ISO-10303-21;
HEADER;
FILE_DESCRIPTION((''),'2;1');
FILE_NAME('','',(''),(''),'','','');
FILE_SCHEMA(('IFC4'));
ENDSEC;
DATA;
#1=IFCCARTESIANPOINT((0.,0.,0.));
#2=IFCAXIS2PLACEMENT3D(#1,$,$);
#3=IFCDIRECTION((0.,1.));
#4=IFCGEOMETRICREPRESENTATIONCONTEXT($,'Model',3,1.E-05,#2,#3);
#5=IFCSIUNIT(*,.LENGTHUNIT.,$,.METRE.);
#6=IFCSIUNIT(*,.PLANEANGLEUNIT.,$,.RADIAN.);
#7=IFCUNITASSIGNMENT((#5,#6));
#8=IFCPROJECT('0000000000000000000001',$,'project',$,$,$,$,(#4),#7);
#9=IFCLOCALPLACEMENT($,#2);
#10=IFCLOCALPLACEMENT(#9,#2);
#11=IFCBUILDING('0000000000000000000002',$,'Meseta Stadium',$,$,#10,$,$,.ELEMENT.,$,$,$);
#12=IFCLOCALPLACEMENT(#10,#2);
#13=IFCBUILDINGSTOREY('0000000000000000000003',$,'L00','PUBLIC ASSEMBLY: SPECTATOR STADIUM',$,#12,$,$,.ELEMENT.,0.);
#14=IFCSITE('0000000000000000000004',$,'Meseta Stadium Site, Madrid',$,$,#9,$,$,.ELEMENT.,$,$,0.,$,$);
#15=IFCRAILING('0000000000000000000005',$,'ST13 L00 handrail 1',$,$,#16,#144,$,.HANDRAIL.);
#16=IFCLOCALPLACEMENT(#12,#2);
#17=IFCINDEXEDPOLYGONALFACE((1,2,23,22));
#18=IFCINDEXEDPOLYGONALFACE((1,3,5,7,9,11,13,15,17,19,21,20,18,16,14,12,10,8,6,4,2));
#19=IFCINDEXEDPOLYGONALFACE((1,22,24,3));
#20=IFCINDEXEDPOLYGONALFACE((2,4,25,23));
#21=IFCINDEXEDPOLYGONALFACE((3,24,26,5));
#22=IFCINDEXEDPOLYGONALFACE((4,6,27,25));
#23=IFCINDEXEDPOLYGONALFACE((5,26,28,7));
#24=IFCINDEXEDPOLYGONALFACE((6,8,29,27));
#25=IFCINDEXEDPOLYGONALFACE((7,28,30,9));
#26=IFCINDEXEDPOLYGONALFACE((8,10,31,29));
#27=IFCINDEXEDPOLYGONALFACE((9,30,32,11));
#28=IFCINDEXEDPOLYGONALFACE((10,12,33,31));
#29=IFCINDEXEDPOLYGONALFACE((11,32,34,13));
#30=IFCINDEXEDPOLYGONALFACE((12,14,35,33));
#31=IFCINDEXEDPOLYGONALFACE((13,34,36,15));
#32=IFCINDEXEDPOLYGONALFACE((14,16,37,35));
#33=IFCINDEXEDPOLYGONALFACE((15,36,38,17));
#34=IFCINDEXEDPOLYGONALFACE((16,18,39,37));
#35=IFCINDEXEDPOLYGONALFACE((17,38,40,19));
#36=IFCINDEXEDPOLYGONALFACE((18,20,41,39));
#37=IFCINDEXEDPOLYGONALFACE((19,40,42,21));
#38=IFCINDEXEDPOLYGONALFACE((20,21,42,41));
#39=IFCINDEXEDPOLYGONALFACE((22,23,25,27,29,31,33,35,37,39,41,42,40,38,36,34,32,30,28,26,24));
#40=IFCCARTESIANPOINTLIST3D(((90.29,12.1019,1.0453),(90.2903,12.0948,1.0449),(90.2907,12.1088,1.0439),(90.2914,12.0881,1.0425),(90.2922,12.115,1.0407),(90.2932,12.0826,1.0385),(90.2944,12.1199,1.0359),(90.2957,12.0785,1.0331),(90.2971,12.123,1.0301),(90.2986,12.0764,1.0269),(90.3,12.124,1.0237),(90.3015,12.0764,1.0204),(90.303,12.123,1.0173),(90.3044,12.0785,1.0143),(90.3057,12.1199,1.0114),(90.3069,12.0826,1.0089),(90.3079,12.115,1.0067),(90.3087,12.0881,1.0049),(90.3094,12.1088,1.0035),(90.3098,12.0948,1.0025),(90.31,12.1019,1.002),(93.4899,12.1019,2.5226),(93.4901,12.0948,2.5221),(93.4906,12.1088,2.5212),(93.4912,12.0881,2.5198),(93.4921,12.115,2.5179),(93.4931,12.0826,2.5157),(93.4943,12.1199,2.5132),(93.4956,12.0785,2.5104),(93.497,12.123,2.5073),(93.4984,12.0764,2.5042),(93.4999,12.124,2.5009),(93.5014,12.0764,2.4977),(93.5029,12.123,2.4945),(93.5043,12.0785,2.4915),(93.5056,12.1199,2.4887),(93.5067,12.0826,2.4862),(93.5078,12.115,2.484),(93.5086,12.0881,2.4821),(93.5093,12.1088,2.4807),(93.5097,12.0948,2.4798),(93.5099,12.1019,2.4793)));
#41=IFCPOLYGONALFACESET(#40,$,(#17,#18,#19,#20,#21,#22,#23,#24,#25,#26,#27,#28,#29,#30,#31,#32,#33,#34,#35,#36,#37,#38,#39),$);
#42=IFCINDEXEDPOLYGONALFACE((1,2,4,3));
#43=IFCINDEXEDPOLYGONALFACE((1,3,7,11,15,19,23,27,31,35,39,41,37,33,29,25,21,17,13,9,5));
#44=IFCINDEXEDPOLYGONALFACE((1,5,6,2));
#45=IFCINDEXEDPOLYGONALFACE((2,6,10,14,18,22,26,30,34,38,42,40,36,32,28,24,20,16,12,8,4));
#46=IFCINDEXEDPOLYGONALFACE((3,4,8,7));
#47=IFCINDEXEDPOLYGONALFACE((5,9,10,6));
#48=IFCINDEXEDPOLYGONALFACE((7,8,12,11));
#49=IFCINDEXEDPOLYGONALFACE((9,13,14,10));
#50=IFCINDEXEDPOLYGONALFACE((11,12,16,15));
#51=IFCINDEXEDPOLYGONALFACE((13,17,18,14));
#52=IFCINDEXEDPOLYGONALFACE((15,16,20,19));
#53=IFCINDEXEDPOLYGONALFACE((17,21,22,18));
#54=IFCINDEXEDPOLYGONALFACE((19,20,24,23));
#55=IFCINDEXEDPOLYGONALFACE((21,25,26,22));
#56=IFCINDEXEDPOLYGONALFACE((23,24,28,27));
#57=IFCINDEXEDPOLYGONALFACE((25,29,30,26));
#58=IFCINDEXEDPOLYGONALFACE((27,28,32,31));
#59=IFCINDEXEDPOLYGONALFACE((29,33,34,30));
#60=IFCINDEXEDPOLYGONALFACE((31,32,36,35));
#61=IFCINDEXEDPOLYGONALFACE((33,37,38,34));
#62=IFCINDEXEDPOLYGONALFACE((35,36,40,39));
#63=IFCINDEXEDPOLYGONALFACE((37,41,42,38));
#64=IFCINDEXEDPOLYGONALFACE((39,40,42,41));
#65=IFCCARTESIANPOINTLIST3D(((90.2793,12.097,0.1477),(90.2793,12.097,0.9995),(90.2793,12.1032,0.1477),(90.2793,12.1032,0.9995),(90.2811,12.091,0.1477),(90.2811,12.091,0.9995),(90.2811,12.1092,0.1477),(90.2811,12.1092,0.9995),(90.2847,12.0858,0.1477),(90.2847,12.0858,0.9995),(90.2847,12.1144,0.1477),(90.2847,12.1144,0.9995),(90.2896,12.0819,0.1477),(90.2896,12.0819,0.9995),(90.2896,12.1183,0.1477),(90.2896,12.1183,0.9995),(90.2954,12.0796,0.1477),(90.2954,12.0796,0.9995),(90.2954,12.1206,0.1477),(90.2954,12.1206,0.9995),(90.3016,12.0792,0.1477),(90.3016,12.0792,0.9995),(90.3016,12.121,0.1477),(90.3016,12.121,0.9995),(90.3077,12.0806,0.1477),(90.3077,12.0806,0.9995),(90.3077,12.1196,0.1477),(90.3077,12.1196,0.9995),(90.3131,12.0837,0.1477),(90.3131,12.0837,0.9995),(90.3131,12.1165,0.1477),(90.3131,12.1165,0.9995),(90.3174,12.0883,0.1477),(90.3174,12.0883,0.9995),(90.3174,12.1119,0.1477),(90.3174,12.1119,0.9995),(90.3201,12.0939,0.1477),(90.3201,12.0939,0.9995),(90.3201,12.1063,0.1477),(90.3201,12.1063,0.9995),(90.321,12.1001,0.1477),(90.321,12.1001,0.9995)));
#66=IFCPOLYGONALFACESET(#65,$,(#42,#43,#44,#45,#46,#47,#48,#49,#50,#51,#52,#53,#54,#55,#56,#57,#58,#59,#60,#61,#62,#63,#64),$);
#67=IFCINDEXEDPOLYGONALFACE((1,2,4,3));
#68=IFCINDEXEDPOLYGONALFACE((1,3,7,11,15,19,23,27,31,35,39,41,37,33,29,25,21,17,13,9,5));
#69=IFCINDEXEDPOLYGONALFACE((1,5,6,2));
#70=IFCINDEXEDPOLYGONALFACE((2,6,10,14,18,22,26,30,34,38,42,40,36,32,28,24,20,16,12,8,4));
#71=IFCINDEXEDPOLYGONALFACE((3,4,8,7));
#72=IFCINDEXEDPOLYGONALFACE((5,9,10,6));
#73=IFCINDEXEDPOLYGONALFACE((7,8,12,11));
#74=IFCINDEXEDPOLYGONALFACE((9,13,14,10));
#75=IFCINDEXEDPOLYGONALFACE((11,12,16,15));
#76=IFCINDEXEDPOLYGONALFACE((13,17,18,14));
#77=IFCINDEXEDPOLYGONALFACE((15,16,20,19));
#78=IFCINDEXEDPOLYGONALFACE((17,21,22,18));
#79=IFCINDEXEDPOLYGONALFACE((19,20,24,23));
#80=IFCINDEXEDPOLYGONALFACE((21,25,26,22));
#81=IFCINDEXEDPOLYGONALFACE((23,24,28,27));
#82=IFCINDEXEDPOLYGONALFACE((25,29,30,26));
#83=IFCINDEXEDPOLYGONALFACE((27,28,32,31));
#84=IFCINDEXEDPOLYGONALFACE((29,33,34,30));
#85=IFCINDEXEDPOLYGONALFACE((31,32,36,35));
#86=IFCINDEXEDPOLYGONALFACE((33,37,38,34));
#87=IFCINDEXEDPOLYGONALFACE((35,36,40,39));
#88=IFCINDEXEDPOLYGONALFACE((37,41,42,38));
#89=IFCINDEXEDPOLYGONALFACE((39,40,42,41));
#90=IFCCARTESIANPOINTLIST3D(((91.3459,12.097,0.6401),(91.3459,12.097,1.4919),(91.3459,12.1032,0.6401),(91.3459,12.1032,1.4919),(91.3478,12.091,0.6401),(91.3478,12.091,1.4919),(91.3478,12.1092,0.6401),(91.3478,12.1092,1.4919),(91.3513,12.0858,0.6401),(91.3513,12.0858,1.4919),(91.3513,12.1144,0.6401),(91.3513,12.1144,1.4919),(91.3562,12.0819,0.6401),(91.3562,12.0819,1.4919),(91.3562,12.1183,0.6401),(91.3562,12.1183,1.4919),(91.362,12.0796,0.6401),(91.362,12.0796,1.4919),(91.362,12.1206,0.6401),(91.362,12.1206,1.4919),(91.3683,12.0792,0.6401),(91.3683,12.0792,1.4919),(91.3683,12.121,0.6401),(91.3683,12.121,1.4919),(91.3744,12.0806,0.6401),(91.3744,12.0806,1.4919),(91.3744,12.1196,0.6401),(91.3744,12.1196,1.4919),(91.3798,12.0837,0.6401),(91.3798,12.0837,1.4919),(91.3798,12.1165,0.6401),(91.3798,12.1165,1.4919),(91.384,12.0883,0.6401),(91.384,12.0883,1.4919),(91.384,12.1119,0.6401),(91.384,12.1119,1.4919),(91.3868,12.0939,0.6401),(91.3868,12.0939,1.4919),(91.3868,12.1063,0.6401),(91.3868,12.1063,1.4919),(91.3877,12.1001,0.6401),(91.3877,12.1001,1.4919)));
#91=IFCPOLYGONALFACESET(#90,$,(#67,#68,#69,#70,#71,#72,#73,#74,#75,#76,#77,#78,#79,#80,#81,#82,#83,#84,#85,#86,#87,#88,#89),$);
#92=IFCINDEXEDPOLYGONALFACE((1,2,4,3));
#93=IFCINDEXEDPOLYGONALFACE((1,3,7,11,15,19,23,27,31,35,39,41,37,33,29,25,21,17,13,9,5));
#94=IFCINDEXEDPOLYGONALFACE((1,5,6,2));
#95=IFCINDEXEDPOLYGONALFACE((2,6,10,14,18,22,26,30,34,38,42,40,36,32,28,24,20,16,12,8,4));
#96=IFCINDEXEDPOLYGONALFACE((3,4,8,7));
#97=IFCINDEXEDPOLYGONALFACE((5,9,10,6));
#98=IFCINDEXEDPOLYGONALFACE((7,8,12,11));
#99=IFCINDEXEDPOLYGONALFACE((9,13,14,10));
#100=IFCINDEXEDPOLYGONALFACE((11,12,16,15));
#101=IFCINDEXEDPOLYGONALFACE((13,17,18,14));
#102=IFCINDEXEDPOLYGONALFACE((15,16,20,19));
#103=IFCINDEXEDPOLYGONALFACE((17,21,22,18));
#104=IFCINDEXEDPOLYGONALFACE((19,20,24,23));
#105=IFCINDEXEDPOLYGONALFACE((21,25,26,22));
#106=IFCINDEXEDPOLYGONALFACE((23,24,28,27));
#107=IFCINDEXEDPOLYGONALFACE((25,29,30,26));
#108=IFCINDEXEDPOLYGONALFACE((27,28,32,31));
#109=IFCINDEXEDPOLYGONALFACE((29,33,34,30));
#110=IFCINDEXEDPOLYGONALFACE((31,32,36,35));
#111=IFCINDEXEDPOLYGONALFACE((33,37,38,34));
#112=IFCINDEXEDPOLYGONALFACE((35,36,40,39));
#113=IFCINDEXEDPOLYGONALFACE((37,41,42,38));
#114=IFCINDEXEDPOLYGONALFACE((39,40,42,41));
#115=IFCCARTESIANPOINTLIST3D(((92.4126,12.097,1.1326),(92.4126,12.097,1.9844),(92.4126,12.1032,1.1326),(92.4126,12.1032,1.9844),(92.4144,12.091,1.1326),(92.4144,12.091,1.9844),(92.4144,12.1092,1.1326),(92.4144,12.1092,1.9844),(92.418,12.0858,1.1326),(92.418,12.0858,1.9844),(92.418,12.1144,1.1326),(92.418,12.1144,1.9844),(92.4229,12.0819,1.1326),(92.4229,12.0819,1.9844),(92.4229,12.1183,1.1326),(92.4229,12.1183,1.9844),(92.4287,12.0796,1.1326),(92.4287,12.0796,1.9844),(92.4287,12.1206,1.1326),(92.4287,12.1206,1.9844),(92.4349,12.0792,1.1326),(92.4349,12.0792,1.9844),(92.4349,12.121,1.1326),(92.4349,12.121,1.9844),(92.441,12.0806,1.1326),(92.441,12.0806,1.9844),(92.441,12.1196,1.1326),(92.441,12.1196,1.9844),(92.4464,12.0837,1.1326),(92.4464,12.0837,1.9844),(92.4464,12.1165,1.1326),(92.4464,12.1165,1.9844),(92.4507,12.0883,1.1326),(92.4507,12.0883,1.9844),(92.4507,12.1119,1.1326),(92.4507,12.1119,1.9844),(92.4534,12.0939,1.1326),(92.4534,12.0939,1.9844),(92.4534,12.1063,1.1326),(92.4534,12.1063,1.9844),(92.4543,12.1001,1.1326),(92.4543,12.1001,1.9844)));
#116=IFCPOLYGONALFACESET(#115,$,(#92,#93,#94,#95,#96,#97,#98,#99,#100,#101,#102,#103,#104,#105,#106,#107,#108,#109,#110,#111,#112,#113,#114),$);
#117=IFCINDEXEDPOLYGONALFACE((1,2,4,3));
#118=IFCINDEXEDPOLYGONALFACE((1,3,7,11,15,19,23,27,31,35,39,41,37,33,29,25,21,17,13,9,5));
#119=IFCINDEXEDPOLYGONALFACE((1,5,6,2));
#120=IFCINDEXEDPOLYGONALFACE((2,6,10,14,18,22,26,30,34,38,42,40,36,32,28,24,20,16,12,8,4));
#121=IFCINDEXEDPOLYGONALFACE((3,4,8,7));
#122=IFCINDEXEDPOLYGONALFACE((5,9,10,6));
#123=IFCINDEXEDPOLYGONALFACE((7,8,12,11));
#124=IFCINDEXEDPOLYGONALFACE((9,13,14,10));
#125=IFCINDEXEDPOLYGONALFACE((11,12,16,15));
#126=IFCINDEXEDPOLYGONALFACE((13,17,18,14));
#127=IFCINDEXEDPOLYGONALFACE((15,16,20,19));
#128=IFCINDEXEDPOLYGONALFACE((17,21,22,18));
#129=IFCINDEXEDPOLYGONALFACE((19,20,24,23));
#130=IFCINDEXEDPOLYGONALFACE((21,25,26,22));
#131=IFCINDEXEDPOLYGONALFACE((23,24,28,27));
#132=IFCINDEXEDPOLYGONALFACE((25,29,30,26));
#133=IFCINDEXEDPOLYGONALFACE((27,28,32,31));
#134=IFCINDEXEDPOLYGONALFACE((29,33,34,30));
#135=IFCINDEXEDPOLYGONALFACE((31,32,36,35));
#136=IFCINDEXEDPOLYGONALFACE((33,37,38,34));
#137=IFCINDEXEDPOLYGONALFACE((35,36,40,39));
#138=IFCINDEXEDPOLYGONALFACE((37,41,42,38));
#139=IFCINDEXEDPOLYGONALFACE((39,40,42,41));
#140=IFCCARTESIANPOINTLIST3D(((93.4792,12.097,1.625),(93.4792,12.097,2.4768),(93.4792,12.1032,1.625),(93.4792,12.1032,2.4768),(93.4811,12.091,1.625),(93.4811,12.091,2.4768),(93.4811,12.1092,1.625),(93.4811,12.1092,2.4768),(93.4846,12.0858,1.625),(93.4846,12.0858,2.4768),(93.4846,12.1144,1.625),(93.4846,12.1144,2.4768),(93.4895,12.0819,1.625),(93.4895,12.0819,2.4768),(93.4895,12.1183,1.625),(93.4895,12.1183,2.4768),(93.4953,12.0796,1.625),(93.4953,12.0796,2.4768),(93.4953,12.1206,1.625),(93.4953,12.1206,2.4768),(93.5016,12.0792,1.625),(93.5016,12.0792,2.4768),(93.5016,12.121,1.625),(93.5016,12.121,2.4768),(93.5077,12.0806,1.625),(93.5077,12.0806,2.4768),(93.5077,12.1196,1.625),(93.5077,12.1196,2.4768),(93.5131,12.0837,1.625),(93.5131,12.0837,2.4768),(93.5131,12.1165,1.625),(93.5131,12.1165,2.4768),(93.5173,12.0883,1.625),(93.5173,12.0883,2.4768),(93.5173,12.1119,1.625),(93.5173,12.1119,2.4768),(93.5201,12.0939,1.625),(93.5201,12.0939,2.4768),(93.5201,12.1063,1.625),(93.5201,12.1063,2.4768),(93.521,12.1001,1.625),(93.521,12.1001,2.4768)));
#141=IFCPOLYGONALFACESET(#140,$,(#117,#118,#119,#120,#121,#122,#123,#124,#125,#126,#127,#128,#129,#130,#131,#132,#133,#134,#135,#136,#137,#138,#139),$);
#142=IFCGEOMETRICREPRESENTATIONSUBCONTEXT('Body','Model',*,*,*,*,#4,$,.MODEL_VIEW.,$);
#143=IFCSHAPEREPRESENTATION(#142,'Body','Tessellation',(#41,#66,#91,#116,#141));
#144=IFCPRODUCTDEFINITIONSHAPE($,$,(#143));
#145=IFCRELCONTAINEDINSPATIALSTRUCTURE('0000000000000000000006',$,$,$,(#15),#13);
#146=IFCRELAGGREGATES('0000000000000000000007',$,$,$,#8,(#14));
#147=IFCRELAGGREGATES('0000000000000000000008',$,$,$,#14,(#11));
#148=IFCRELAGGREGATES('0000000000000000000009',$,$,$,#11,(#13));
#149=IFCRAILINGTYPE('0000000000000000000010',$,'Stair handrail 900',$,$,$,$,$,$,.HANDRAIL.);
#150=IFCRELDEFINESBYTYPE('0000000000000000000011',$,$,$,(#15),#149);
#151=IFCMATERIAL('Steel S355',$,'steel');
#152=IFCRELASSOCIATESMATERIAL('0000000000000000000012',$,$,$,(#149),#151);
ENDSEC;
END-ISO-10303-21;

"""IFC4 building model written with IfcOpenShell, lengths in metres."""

from ifc_helpers import new_model, si_unit, direction, frame, origin, origin_2d, place, context, subcontext, project, spatial, circle, extrude, material, type_object, element, save


model = new_model("IFC4")

# Units and contexts
model_context = context("Model", 3, precision=1e-05, world=origin(), true_north=direction((0.0, 1.0)))
body_context = subcontext(model_context, "Body", "Model", "MODEL_VIEW")
ifc_project = project(units=[si_unit("LENGTHUNIT", "METRE"), si_unit("PLANEANGLEUNIT", "RADIAN")], contexts=[model_context])

# Site, building, storey
site_placement = place(None, origin())
site = spatial("IfcSite", under=ifc_project, at=site_placement, Name="Meseta Stadium Site, Madrid", CompositionType="ELEMENT", RefElevation=0.0)
building_placement = place(site_placement, origin())
building = spatial("IfcBuilding", under=site, at=building_placement, Name="Meseta Stadium", CompositionType="ELEMENT")
storey_placement = place(building_placement, origin())
storey = spatial("IfcBuildingStorey", under=building, at=storey_placement, Name="L00", Description="PUBLIC ASSEMBLY: SPECTATOR STADIUM", CompositionType="ELEMENT", Elevation=0.0)

# Railing
ifc_material_1 = material(Name="Steel S355", Category="steel")
railing_type_1 = type_object("IfcRailingType", Name="Stair handrail 900", PredefinedType="HANDRAIL", material=ifc_material_1)
for number, where, name in (
    (1, (90.3, 12.1001, 0.1477), "ST13 L00 handrail 1"),
):
    element("IfcRailing", number, at=place(storey_placement, frame(where)), inside=storey, type_object=railing_type_1, Name=name, PredefinedType="HANDRAIL", context=body_context, shape_type="SweptSolid", body=[
        extrude(circle(Radius=0.0239, at=origin_2d()), frame((0.0, 0.0, 0.876), z_axis=(0.907917, 0.0, 0.41915), x_axis=(0.0, 1.0, 0.0)), (0.0, 0.0, 1.0), 3.5244),
        extrude(circle(Radius=0.021, at=origin_2d()), origin(), (0.0, 0.0, 1.0), 0.8518),
        extrude(circle(Radius=0.021, at=origin_2d()), frame((1.0667, 0.0, 0.4924)), (0.0, 0.0, 1.0), 0.8518),
        extrude(circle(Radius=0.021, at=origin_2d()), frame((2.1333, 0.0, 0.9849)), (0.0, 0.0, 1.0), 0.8518),
        extrude(circle(Radius=0.021, at=origin_2d()), frame((3.2, 0.0, 1.4773)), (0.0, 0.0, 1.0), 0.8518),
    ])

save(model, "model.ifc")
